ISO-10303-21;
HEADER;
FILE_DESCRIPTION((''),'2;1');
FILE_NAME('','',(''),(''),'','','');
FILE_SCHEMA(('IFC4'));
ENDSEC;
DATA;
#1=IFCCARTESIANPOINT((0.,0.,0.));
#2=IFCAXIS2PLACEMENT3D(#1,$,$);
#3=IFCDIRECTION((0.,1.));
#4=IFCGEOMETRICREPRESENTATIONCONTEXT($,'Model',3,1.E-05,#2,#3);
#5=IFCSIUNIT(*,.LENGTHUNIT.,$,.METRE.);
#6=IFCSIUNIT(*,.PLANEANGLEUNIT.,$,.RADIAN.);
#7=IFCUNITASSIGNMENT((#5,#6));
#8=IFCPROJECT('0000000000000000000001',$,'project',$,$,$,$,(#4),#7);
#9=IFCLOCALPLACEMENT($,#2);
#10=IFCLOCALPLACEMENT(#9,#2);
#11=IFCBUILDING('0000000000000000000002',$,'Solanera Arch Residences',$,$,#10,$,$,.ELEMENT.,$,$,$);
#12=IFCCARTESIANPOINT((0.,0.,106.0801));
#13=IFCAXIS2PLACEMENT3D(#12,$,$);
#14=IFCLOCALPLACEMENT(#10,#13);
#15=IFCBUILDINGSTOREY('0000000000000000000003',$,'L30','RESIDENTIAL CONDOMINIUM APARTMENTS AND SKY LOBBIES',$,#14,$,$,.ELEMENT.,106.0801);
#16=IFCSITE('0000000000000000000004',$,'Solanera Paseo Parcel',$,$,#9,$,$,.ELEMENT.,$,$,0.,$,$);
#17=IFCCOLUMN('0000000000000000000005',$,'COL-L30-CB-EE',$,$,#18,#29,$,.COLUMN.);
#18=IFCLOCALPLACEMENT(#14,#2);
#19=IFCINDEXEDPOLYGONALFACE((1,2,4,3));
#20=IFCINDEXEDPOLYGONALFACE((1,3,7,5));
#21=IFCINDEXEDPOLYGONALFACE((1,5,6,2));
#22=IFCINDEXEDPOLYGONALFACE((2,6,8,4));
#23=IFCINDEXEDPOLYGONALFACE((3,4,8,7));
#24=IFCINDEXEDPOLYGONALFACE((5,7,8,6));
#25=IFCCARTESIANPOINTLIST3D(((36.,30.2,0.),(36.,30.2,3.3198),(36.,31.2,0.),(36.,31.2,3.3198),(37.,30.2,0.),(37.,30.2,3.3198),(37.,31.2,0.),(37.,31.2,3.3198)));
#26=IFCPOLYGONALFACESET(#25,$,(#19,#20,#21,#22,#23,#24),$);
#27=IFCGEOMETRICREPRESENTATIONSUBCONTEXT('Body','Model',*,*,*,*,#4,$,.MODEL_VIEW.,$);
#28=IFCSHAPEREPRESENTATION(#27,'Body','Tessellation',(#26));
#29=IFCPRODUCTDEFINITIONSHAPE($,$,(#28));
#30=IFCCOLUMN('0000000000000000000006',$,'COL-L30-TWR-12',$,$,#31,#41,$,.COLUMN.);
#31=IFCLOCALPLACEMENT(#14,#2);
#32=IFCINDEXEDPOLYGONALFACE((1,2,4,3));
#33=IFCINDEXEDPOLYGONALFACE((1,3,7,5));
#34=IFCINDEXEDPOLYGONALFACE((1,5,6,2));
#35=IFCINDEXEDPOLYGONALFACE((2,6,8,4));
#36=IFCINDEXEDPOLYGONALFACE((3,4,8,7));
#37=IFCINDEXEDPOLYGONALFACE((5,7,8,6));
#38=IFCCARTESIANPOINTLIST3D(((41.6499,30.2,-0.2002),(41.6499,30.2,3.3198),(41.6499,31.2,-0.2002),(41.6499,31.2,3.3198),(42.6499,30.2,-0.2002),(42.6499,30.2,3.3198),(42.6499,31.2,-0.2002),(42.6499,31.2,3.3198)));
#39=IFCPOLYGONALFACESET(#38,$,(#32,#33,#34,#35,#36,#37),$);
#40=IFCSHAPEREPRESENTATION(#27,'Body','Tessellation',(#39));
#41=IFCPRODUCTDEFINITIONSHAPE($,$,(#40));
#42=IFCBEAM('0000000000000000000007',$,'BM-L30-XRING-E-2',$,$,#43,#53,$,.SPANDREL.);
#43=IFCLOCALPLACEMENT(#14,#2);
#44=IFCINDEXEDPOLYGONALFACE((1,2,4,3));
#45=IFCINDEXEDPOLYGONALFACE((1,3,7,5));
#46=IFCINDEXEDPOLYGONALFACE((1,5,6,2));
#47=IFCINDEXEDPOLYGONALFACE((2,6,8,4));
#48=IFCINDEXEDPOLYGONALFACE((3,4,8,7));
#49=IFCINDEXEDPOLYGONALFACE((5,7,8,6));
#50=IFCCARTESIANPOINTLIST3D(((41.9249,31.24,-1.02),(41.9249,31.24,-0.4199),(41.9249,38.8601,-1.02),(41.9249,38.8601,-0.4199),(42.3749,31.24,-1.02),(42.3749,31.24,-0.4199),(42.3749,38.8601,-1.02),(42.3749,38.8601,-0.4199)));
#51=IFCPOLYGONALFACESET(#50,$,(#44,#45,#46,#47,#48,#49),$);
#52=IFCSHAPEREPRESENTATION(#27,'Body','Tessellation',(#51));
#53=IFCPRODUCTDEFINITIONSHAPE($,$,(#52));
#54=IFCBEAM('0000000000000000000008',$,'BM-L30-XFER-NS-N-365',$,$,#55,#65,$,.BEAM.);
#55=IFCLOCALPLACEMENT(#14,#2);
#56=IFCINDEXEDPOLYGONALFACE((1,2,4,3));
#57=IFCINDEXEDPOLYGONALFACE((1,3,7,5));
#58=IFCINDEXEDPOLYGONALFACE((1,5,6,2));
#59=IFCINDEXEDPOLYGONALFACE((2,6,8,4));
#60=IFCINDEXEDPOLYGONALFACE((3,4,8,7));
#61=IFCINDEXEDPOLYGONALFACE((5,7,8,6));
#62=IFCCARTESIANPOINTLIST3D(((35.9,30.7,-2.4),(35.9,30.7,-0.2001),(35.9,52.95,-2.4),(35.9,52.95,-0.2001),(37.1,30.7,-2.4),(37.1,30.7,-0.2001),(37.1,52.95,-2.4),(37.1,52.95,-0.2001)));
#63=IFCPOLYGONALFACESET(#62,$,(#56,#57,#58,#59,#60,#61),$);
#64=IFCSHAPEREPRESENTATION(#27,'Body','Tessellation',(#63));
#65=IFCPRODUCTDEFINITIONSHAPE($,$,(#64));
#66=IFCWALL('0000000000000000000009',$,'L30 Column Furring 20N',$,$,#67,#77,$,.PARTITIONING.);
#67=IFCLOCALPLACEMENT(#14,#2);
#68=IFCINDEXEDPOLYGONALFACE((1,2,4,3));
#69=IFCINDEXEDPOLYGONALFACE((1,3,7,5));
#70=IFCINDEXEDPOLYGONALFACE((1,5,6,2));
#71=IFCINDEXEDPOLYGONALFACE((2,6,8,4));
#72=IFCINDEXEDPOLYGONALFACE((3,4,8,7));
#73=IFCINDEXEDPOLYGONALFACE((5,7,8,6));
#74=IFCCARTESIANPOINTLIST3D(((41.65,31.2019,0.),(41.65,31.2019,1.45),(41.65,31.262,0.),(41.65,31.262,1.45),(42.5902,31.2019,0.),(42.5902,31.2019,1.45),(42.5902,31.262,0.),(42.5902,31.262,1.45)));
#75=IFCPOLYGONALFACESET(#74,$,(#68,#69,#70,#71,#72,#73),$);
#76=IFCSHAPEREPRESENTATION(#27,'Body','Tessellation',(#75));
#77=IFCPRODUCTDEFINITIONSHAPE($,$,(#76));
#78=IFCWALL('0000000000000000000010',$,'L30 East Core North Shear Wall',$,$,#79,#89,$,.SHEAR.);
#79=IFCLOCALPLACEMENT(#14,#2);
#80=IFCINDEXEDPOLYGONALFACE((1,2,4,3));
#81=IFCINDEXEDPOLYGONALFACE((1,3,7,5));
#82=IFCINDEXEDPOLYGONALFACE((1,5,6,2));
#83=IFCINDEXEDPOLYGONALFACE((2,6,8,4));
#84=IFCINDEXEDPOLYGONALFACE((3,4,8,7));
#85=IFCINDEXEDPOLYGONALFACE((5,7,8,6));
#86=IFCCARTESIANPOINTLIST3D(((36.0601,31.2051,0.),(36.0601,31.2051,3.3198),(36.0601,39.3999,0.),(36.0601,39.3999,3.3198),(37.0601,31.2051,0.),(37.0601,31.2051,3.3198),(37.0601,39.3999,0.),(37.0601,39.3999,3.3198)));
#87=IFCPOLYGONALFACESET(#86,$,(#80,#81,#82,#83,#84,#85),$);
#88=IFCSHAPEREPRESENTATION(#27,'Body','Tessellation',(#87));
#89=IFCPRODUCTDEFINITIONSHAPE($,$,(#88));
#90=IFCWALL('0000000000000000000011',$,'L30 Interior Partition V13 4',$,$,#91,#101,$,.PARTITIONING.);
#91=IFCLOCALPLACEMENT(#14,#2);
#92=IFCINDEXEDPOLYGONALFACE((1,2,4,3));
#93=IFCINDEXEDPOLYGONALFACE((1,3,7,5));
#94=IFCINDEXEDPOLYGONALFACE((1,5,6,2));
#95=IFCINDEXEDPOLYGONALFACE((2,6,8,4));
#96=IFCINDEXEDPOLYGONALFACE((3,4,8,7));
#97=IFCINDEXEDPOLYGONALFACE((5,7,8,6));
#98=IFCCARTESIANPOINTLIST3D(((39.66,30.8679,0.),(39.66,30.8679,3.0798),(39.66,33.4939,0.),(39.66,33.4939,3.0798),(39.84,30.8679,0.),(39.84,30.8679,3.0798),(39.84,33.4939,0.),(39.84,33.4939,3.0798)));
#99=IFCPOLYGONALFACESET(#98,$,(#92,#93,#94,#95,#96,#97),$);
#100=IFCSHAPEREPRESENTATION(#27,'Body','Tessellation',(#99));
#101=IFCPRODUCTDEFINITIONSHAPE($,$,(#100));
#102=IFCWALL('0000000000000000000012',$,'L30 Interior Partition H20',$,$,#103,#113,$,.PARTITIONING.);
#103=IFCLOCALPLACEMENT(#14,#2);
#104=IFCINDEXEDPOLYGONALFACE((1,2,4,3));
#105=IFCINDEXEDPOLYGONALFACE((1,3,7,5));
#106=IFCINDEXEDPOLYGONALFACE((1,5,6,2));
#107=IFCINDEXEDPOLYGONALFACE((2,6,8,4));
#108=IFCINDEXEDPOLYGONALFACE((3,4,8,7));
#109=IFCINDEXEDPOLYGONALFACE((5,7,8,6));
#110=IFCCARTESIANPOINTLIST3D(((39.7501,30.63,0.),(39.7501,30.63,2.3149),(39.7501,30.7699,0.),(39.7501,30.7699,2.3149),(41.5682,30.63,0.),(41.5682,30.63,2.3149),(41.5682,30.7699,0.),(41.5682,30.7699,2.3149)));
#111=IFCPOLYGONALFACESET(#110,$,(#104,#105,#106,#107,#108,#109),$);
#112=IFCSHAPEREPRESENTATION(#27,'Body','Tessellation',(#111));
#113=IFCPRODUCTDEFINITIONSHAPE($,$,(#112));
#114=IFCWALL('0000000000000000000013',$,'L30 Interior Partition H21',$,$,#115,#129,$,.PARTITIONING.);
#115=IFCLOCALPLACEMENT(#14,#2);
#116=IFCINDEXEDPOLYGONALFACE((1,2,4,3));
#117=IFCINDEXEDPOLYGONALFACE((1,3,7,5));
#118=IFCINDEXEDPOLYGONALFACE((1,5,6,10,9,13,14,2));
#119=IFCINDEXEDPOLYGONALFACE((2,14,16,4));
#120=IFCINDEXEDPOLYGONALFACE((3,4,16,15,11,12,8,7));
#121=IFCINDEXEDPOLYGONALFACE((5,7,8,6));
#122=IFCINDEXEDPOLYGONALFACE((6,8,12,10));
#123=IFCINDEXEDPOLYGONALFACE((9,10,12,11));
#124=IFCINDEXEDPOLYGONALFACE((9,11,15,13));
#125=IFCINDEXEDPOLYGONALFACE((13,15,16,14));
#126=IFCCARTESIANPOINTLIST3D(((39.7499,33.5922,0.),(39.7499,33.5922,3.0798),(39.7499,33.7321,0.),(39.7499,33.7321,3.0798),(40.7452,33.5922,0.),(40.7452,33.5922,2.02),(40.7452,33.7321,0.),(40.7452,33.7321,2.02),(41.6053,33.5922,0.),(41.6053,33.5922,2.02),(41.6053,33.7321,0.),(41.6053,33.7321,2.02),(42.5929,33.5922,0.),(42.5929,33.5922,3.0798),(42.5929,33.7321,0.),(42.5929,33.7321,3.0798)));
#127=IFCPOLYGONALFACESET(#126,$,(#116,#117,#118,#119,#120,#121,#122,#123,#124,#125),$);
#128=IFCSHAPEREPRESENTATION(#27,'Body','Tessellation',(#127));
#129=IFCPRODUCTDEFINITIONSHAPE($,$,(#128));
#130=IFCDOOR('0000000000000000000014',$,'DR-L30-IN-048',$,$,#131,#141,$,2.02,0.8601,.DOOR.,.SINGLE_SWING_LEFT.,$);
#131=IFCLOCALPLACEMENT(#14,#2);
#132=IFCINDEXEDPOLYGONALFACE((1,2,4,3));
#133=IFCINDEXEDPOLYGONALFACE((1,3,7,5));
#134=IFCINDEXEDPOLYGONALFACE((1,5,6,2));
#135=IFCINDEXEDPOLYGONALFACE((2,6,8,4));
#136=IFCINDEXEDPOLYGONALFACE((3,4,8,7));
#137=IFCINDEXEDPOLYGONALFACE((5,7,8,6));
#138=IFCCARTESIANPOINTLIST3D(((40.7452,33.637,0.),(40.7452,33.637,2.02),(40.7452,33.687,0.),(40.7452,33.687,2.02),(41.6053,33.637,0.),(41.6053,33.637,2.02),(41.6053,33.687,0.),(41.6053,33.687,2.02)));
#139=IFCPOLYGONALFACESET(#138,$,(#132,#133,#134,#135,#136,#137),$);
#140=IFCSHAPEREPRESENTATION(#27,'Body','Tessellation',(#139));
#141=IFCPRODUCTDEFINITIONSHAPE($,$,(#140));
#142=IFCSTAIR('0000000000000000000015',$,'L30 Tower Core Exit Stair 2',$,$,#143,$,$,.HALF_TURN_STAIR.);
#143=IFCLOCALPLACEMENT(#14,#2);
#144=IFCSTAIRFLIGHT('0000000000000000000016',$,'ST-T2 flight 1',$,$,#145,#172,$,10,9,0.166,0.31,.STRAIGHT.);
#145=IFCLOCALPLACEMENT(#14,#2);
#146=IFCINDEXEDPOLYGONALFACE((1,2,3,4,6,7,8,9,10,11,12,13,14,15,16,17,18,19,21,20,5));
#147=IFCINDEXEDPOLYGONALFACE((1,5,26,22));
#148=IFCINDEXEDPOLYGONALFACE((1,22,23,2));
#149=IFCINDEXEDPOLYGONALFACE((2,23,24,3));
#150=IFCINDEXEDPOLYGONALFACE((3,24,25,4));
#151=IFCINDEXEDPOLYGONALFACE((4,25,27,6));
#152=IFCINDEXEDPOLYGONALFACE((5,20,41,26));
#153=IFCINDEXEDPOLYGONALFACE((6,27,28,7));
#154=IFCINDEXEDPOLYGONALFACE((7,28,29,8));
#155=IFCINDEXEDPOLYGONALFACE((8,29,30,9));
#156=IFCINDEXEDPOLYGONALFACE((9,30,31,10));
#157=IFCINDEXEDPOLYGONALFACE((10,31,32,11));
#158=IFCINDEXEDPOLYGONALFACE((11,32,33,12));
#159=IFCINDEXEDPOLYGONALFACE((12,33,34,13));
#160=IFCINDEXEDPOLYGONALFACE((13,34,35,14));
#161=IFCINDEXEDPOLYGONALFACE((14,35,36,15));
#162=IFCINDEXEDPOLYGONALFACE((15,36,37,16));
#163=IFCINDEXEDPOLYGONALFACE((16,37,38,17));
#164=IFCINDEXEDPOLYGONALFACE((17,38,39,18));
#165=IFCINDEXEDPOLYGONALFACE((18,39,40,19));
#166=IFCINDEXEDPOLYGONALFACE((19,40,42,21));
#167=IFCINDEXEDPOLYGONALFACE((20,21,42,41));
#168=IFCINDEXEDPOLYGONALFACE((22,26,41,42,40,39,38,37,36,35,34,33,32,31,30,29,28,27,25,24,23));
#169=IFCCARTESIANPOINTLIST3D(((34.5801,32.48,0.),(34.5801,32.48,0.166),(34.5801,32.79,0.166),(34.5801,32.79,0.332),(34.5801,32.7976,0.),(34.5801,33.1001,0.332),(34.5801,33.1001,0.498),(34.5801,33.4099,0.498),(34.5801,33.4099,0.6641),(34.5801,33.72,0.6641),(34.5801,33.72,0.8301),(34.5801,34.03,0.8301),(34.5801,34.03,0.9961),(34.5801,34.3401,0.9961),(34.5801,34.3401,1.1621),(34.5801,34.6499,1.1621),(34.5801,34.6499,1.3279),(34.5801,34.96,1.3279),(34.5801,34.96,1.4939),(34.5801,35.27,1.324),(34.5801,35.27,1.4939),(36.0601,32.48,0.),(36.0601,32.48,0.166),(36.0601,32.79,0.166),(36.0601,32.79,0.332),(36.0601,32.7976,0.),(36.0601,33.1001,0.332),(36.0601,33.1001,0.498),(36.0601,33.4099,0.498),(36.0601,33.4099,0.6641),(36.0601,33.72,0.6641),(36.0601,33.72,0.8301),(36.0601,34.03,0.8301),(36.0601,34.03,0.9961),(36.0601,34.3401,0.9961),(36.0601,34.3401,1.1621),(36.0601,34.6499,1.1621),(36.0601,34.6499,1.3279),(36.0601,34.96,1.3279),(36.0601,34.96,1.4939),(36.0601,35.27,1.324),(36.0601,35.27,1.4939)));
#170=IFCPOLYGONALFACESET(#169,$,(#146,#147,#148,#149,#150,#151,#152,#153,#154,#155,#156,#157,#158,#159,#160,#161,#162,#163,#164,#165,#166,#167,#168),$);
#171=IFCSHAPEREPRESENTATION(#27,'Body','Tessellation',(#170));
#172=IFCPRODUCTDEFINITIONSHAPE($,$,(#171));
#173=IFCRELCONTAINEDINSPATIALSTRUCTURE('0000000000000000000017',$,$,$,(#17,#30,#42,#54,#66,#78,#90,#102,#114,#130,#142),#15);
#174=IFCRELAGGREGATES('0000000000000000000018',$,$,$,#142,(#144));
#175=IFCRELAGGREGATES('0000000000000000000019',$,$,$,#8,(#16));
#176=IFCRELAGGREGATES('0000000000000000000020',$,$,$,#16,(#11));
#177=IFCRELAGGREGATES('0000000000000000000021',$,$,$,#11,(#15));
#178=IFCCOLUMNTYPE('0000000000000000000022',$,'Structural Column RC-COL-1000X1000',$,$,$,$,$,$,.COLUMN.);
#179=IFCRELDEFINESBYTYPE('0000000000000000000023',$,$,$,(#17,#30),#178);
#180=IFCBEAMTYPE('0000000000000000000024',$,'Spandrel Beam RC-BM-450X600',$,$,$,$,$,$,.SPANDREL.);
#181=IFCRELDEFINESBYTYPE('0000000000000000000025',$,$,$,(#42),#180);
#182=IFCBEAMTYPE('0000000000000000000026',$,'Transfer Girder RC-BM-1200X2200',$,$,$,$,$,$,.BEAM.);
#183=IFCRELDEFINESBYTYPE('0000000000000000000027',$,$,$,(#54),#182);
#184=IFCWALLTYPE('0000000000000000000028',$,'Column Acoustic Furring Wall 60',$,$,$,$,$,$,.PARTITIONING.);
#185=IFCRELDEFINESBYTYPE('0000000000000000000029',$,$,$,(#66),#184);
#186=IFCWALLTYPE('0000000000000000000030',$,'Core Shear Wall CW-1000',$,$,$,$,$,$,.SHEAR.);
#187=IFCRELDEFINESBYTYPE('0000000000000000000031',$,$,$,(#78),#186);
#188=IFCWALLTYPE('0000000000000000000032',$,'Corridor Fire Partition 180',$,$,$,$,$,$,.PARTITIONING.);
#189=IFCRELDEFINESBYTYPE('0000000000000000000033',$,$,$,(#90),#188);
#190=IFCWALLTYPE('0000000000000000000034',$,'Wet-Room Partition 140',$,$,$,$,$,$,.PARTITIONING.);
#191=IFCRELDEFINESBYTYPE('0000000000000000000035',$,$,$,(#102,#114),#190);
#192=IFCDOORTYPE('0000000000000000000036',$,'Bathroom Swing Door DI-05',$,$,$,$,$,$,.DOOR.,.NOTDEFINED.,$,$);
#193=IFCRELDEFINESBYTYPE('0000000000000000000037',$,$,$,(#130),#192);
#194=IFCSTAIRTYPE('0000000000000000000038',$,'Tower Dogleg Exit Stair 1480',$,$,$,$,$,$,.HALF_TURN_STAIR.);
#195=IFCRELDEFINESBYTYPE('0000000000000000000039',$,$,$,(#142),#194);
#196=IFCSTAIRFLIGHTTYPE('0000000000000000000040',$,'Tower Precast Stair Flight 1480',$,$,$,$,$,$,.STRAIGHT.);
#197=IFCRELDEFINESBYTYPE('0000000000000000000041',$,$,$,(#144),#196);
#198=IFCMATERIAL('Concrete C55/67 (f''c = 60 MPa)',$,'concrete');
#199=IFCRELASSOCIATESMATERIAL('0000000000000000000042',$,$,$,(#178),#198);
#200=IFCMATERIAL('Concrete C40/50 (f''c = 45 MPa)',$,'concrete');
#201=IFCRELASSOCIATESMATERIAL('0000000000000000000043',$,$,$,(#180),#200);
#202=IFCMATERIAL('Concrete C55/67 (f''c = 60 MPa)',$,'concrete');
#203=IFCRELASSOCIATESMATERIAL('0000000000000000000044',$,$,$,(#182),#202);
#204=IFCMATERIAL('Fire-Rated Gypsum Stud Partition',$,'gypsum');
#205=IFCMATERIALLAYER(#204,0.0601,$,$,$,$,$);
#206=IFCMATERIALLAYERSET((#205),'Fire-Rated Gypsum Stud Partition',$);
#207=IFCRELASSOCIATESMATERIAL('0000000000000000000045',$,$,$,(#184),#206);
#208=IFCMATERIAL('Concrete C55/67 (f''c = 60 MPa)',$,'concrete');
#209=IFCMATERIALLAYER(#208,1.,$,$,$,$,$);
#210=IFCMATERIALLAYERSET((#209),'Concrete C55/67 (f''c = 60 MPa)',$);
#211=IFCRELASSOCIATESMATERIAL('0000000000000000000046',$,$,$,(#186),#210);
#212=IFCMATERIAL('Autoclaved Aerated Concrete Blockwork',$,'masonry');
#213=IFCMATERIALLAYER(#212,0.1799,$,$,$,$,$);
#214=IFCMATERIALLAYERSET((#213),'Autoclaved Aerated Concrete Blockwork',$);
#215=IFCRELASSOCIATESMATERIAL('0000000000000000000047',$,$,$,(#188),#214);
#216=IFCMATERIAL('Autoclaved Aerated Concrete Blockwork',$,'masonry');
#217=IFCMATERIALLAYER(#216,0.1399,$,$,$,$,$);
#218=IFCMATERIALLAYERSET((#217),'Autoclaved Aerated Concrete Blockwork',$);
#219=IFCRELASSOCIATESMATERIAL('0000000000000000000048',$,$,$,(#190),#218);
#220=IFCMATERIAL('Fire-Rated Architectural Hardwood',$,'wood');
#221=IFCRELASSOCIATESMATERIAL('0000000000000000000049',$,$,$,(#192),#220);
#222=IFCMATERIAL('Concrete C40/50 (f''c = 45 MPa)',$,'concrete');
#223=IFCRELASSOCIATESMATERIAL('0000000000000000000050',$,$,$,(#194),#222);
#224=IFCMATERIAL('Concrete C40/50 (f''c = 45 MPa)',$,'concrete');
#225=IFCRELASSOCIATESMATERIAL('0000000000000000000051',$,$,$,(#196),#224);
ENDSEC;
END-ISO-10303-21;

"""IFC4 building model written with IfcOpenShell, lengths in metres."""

from ifc_helpers import new_model, si_unit, direction, frame, frame_2d, origin, origin_2d, place, context, subcontext, project, spatial, polyline, rectangle, outline, extrude, material, layer, layer_set, material_profile, profile_set, type_object, element, fill, aggregate, save


model = new_model("IFC4")

# Units and contexts
model_context = context("Model", 3, precision=1e-05, world=origin(), true_north=direction((0.0, 1.0)))
body_context = subcontext(model_context, "Body", "Model", "MODEL_VIEW")
ifc_project = project(units=[si_unit("LENGTHUNIT", "METRE"), si_unit("PLANEANGLEUNIT", "RADIAN")], contexts=[model_context])

# Site, building, storey
site_placement = place(None, origin())
site = spatial("IfcSite", under=ifc_project, at=site_placement, Name="Solanera Paseo Parcel", CompositionType="ELEMENT", RefElevation=0.0)
building_placement = place(site_placement, origin())
building = spatial("IfcBuilding", under=site, at=building_placement, Name="Solanera Arch Residences", CompositionType="ELEMENT")
storey_placement = place(building_placement, frame((0.0, 0.0, 106.0801)))
storey = spatial("IfcBuildingStorey", under=building, at=storey_placement, Name="L30", Description="RESIDENTIAL CONDOMINIUM APARTMENTS AND SKY LOBBIES", CompositionType="ELEMENT", Elevation=106.0801)

# Columns
ifc_material_1 = material(Name="Concrete C55/67 (f'c = 60 MPa)", Category="concrete")
ifc_material_profile_1 = material_profile(ifc_material_1, rectangle(XDim=1.0, YDim=1.0, at=origin_2d()))
ifc_profile_set_1 = profile_set([ifc_material_profile_1], Name="Concrete C55/67 (f'c = 60 MPa)")
column_type = type_object("IfcColumnType", Name="Structural Column RC-COL-1000X1000", PredefinedType="COLUMN", material=ifc_profile_set_1)
column_1_placement = place(storey_placement, frame((36.5, 30.7, 0.0), z_axis=(0.0, 0.0, 1.0), x_axis=(1.0, 0.0, 0.0)))
element("IfcColumn", 1, at=column_1_placement, inside=storey, type_object=column_type, Name="COL-L30-CB-EE", PredefinedType="COLUMN", context=body_context, shape_type="SweptSolid", body=[
    extrude(rectangle(XDim=1.0, YDim=1.0, at=origin_2d()), origin(), (0.0, 0.0, 1.0), 3.3198),
])
column_2_placement = place(storey_placement, frame((42.1499, 30.7, -0.2002), z_axis=(0.0, 0.0, 1.0), x_axis=(1.0, 0.0, 0.0)))
element("IfcColumn", 2, at=column_2_placement, inside=storey, type_object=column_type, Name="COL-L30-TWR-12", PredefinedType="COLUMN", context=body_context, shape_type="SweptSolid", body=[
    extrude(rectangle(XDim=1.0, YDim=1.0, at=origin_2d()), origin(), (0.0, 0.0, 1.0), 3.52),
])

# Beams
ifc_material_2 = material(Name="Concrete C40/50 (f'c = 45 MPa)", Category="concrete")
ifc_material_profile_2 = material_profile(ifc_material_2, rectangle(XDim=0.45, YDim=0.6001, at=origin_2d()))
ifc_profile_set_2 = profile_set([ifc_material_profile_2], Name="Concrete C40/50 (f'c = 45 MPa)")
beam_type_1 = type_object("IfcBeamType", Name="Spandrel Beam RC-BM-450X600", PredefinedType="SPANDREL", material=ifc_profile_set_2)
beam_1_placement = place(storey_placement, frame((42.1499, 31.24, -0.72), z_axis=(0.0, 1.0, 0.0), x_axis=(-1.0, 0.0, 0.0)))
element("IfcBeam", 3, at=beam_1_placement, inside=storey, type_object=beam_type_1, Name="BM-L30-XRING-E-2", PredefinedType="SPANDREL", context=body_context, shape_type="SweptSolid", body=[
    extrude(rectangle(XDim=0.45, YDim=0.6001, at=origin_2d()), origin(), (0.0, 0.0, 1.0), 7.6201),
])
ifc_material_3 = material(Name="Concrete C55/67 (f'c = 60 MPa)", Category="concrete")
ifc_material_profile_3 = material_profile(ifc_material_3, rectangle(XDim=1.2, YDim=2.2, at=origin_2d()))
ifc_profile_set_3 = profile_set([ifc_material_profile_3], Name="Concrete C55/67 (f'c = 60 MPa)")
beam_type_2 = type_object("IfcBeamType", Name="Transfer Girder RC-BM-1200X2200", PredefinedType="BEAM", material=ifc_profile_set_3)
beam_2_placement = place(storey_placement, frame((36.5, 30.7, -1.3), z_axis=(0.0, 1.0, 0.0), x_axis=(-1.0, 0.0, 0.0)))
element("IfcBeam", 4, at=beam_2_placement, inside=storey, type_object=beam_type_2, Name="BM-L30-XFER-NS-N-365", PredefinedType="BEAM", context=body_context, shape_type="SweptSolid", body=[
    extrude(rectangle(XDim=1.2, YDim=2.2, at=origin_2d()), origin(), (0.0, 0.0, 1.0), 22.25),
])

# Walls
ifc_material_4 = material(Name="Fire-Rated Gypsum Stud Partition", Category="gypsum")
ifc_layer_1 = layer(ifc_material_4, 0.0601)
ifc_layer_set_1 = layer_set([ifc_layer_1], Name="Fire-Rated Gypsum Stud Partition")
wall_type_1 = type_object("IfcWallType", Name="Column Acoustic Furring Wall 60", PredefinedType="PARTITIONING", material=ifc_layer_set_1)
wall_1_placement = place(storey_placement, frame((41.6499, 31.2319, 0.0), z_axis=(0.0, 0.0, 1.0), x_axis=(1.0, 0.0, 0.0)))
element("IfcWall", 5, at=wall_1_placement, inside=storey, type_object=wall_type_1, Name="L30 Column Furring 20N", PredefinedType="PARTITIONING", context=body_context, shape_type="SweptSolid", body=[
    extrude(rectangle(XDim=0.9402, YDim=0.0601, at=frame_2d((0.4702, 0.0))), origin(), (0.0, 0.0, 1.0), 1.45),
])
ifc_material_5 = material(Name="Concrete C55/67 (f'c = 60 MPa)", Category="concrete")
ifc_layer_2 = layer(ifc_material_5, 1.0)
ifc_layer_set_2 = layer_set([ifc_layer_2], Name="Concrete C55/67 (f'c = 60 MPa)")
wall_type_2 = type_object("IfcWallType", Name="Core Shear Wall CW-1000", PredefinedType="SHEAR", material=ifc_layer_set_2)
wall_2_placement = place(storey_placement, frame((36.5601, 31.2051, 0.0), z_axis=(0.0, 0.0, 1.0), x_axis=(0.0, 1.0, 0.0)))
element("IfcWall", 6, at=wall_2_placement, inside=storey, type_object=wall_type_2, Name="L30 East Core North Shear Wall", PredefinedType="SHEAR", context=body_context, shape_type="SweptSolid", body=[
    extrude(rectangle(XDim=8.1948, YDim=1.0, at=frame_2d((4.0974, 0.0))), origin(), (0.0, 0.0, 1.0), 3.3198),
])

# Wall
ifc_material_6 = material(Name="Autoclaved Aerated Concrete Blockwork", Category="masonry")
ifc_layer_3 = layer(ifc_material_6, 0.1799)
ifc_layer_set_3 = layer_set([ifc_layer_3], Name="Autoclaved Aerated Concrete Blockwork")
wall_type_3 = type_object("IfcWallType", Name="Corridor Fire Partition 180", PredefinedType="PARTITIONING", material=ifc_layer_set_3)
wall_3_placement = place(storey_placement, frame((39.75, 30.8679, 0.0), z_axis=(0.0, 0.0, 1.0), x_axis=(0.0, 1.0, 0.0)))
element("IfcWall", 7, at=wall_3_placement, inside=storey, type_object=wall_type_3, Name="L30 Interior Partition V13 4", PredefinedType="PARTITIONING", context=body_context, shape_type="SweptSolid", body=[
    extrude(rectangle(XDim=2.626, YDim=0.1799, at=frame_2d((1.313, 0.0))), origin(), (0.0, 0.0, 1.0), 3.0798),
])

# Wall
ifc_material_7 = material(Name="Autoclaved Aerated Concrete Blockwork", Category="masonry")
ifc_layer_4 = layer(ifc_material_7, 0.1399)
ifc_layer_set_4 = layer_set([ifc_layer_4], Name="Autoclaved Aerated Concrete Blockwork")
wall_type_4 = type_object("IfcWallType", Name="Wet-Room Partition 140", PredefinedType="PARTITIONING", material=ifc_layer_set_4)
wall_4_placement = place(storey_placement, frame((39.75, 30.7, 0.0), z_axis=(0.0, 0.0, 1.0), x_axis=(1.0, 0.0, 0.0)))
element("IfcWall", 8, at=wall_4_placement, inside=storey, type_object=wall_type_4, Name="L30 Interior Partition H20", PredefinedType="PARTITIONING", context=body_context, shape_type="SweptSolid", body=[
    extrude(rectangle(XDim=1.8181, YDim=0.1399, at=frame_2d((0.9092, 0.0))), origin(), (0.0, 0.0, 1.0), 2.3149),
])

# Wall, opening, door
wall_5_placement = place(storey_placement, frame((39.75, 33.6621, 0.0), z_axis=(0.0, 0.0, 1.0), x_axis=(1.0, 0.0, 0.0)))
wall_5 = element("IfcWall", 9, at=wall_5_placement, inside=storey, type_object=wall_type_4, Name="L30 Interior Partition H21", PredefinedType="PARTITIONING", context=body_context, shape_type="SweptSolid", body=[
    extrude(rectangle(XDim=2.843, YDim=0.1399, at=frame_2d((1.4214, 0.0))), origin(), (0.0, 0.0, 1.0), 3.0798),
])
opening_1_placement = place(wall_5_placement, frame((0.9951, 0.0, 0.0)))
opening_1 = element("IfcOpeningElement", 10, at=opening_1_placement, cuts=wall_5, PredefinedType="OPENING", context=body_context, shape_type="SweptSolid", body=[
    extrude(rectangle(XDim=0.8601, YDim=2.02, at=frame_2d((0.4302, 1.01))), frame((0.0, 0.0798, 0.0), z_axis=(0.0, -1.0, 0.0), x_axis=(1.0, 0.0, 0.0)), (0.0, 0.0, 1.0), 0.1599),
])
ifc_material_8 = material(Name="Fire-Rated Architectural Hardwood", Category="wood")
door_type_1 = type_object("IfcDoorType", Name="Bathroom Swing Door DI-05", OperationType="NOTDEFINED", PredefinedType="DOOR", material=ifc_material_8)
door_1_placement = place(opening_1_placement, origin())
door_1 = element("IfcDoor", 11, at=door_1_placement, inside=storey, type_object=door_type_1, Name="DR-L30-IN-048", OperationType="SINGLE_SWING_LEFT", OverallHeight=2.02, OverallWidth=0.8601, PredefinedType="DOOR", context=body_context, shape_type="SweptSolid", body=[
    extrude(rectangle(XDim=0.8601, YDim=2.02, at=frame_2d((0.4302, 1.01))), frame((0.0, 0.0249, 0.0), z_axis=(0.0, -1.0, 0.0), x_axis=(1.0, 0.0, 0.0)), (0.0, 0.0, 1.0), 0.05),
])
fill(opening_1, door_1)

# Stair, stair flight
ifc_material_9 = material(Name="Concrete C40/50 (f'c = 45 MPa)", Category="concrete")
stair_type = type_object("IfcStairType", Name="Tower Dogleg Exit Stair 1480", PredefinedType="HALF_TURN_STAIR", material=ifc_material_9)
stair_placement = place(storey_placement, origin())
stair = element("IfcStair", 12, at=stair_placement, inside=storey, type_object=stair_type, Name="L30 Tower Core Exit Stair 2", PredefinedType="HALF_TURN_STAIR")
ifc_material_10 = material(Name="Concrete C40/50 (f'c = 45 MPa)", Category="concrete")
stair_flight_type = type_object("IfcStairFlightType", Name="Tower Precast Stair Flight 1480", PredefinedType="STRAIGHT", material=ifc_material_10)
stair_flight_1_placement = place(storey_placement, frame((35.3201, 32.48, 0.0), z_axis=(0.0, 0.0, 1.0), x_axis=(0.0, 1.0, 0.0)))
stair_flight_1 = element("IfcStairFlight", 13, at=stair_flight_1_placement, type_object=stair_flight_type, Name="ST-T2 flight 1", NumberOfRisers=10, NumberOfTreads=9, PredefinedType="STRAIGHT", RiserHeight=0.166, TreadLength=0.31, context=body_context, shape_type="SweptSolid", body=[
    extrude(outline(polyline([(0.0, 0.0), (0.0, 0.166), (0.3101, 0.166), (0.3101, 0.332), (0.6201, 0.332), (0.6201, 0.498), (0.9299, 0.498), (0.9299, 0.6641), (1.24, 0.6641), (1.24, 0.8301), (1.55, 0.8301), (1.55, 0.9961), (1.8601, 0.9961), (1.8601, 1.1621), (2.1699, 1.1621), (2.1699, 1.3279), (2.48, 1.3279), (2.48, 1.4939), (2.79, 1.4939), (2.79, 1.6599), (2.79, 1.324), (0.3176, 0.0), (0.0, 0.0)])), frame((0.0, 0.74, 0.0), z_axis=(0.0, -1.0, 0.0), x_axis=(1.0, 0.0, 0.0)), (0.0, 0.0, 1.0), 1.48),
])
aggregate(stair, [stair_flight_1])

save(model, "model.ifc")
